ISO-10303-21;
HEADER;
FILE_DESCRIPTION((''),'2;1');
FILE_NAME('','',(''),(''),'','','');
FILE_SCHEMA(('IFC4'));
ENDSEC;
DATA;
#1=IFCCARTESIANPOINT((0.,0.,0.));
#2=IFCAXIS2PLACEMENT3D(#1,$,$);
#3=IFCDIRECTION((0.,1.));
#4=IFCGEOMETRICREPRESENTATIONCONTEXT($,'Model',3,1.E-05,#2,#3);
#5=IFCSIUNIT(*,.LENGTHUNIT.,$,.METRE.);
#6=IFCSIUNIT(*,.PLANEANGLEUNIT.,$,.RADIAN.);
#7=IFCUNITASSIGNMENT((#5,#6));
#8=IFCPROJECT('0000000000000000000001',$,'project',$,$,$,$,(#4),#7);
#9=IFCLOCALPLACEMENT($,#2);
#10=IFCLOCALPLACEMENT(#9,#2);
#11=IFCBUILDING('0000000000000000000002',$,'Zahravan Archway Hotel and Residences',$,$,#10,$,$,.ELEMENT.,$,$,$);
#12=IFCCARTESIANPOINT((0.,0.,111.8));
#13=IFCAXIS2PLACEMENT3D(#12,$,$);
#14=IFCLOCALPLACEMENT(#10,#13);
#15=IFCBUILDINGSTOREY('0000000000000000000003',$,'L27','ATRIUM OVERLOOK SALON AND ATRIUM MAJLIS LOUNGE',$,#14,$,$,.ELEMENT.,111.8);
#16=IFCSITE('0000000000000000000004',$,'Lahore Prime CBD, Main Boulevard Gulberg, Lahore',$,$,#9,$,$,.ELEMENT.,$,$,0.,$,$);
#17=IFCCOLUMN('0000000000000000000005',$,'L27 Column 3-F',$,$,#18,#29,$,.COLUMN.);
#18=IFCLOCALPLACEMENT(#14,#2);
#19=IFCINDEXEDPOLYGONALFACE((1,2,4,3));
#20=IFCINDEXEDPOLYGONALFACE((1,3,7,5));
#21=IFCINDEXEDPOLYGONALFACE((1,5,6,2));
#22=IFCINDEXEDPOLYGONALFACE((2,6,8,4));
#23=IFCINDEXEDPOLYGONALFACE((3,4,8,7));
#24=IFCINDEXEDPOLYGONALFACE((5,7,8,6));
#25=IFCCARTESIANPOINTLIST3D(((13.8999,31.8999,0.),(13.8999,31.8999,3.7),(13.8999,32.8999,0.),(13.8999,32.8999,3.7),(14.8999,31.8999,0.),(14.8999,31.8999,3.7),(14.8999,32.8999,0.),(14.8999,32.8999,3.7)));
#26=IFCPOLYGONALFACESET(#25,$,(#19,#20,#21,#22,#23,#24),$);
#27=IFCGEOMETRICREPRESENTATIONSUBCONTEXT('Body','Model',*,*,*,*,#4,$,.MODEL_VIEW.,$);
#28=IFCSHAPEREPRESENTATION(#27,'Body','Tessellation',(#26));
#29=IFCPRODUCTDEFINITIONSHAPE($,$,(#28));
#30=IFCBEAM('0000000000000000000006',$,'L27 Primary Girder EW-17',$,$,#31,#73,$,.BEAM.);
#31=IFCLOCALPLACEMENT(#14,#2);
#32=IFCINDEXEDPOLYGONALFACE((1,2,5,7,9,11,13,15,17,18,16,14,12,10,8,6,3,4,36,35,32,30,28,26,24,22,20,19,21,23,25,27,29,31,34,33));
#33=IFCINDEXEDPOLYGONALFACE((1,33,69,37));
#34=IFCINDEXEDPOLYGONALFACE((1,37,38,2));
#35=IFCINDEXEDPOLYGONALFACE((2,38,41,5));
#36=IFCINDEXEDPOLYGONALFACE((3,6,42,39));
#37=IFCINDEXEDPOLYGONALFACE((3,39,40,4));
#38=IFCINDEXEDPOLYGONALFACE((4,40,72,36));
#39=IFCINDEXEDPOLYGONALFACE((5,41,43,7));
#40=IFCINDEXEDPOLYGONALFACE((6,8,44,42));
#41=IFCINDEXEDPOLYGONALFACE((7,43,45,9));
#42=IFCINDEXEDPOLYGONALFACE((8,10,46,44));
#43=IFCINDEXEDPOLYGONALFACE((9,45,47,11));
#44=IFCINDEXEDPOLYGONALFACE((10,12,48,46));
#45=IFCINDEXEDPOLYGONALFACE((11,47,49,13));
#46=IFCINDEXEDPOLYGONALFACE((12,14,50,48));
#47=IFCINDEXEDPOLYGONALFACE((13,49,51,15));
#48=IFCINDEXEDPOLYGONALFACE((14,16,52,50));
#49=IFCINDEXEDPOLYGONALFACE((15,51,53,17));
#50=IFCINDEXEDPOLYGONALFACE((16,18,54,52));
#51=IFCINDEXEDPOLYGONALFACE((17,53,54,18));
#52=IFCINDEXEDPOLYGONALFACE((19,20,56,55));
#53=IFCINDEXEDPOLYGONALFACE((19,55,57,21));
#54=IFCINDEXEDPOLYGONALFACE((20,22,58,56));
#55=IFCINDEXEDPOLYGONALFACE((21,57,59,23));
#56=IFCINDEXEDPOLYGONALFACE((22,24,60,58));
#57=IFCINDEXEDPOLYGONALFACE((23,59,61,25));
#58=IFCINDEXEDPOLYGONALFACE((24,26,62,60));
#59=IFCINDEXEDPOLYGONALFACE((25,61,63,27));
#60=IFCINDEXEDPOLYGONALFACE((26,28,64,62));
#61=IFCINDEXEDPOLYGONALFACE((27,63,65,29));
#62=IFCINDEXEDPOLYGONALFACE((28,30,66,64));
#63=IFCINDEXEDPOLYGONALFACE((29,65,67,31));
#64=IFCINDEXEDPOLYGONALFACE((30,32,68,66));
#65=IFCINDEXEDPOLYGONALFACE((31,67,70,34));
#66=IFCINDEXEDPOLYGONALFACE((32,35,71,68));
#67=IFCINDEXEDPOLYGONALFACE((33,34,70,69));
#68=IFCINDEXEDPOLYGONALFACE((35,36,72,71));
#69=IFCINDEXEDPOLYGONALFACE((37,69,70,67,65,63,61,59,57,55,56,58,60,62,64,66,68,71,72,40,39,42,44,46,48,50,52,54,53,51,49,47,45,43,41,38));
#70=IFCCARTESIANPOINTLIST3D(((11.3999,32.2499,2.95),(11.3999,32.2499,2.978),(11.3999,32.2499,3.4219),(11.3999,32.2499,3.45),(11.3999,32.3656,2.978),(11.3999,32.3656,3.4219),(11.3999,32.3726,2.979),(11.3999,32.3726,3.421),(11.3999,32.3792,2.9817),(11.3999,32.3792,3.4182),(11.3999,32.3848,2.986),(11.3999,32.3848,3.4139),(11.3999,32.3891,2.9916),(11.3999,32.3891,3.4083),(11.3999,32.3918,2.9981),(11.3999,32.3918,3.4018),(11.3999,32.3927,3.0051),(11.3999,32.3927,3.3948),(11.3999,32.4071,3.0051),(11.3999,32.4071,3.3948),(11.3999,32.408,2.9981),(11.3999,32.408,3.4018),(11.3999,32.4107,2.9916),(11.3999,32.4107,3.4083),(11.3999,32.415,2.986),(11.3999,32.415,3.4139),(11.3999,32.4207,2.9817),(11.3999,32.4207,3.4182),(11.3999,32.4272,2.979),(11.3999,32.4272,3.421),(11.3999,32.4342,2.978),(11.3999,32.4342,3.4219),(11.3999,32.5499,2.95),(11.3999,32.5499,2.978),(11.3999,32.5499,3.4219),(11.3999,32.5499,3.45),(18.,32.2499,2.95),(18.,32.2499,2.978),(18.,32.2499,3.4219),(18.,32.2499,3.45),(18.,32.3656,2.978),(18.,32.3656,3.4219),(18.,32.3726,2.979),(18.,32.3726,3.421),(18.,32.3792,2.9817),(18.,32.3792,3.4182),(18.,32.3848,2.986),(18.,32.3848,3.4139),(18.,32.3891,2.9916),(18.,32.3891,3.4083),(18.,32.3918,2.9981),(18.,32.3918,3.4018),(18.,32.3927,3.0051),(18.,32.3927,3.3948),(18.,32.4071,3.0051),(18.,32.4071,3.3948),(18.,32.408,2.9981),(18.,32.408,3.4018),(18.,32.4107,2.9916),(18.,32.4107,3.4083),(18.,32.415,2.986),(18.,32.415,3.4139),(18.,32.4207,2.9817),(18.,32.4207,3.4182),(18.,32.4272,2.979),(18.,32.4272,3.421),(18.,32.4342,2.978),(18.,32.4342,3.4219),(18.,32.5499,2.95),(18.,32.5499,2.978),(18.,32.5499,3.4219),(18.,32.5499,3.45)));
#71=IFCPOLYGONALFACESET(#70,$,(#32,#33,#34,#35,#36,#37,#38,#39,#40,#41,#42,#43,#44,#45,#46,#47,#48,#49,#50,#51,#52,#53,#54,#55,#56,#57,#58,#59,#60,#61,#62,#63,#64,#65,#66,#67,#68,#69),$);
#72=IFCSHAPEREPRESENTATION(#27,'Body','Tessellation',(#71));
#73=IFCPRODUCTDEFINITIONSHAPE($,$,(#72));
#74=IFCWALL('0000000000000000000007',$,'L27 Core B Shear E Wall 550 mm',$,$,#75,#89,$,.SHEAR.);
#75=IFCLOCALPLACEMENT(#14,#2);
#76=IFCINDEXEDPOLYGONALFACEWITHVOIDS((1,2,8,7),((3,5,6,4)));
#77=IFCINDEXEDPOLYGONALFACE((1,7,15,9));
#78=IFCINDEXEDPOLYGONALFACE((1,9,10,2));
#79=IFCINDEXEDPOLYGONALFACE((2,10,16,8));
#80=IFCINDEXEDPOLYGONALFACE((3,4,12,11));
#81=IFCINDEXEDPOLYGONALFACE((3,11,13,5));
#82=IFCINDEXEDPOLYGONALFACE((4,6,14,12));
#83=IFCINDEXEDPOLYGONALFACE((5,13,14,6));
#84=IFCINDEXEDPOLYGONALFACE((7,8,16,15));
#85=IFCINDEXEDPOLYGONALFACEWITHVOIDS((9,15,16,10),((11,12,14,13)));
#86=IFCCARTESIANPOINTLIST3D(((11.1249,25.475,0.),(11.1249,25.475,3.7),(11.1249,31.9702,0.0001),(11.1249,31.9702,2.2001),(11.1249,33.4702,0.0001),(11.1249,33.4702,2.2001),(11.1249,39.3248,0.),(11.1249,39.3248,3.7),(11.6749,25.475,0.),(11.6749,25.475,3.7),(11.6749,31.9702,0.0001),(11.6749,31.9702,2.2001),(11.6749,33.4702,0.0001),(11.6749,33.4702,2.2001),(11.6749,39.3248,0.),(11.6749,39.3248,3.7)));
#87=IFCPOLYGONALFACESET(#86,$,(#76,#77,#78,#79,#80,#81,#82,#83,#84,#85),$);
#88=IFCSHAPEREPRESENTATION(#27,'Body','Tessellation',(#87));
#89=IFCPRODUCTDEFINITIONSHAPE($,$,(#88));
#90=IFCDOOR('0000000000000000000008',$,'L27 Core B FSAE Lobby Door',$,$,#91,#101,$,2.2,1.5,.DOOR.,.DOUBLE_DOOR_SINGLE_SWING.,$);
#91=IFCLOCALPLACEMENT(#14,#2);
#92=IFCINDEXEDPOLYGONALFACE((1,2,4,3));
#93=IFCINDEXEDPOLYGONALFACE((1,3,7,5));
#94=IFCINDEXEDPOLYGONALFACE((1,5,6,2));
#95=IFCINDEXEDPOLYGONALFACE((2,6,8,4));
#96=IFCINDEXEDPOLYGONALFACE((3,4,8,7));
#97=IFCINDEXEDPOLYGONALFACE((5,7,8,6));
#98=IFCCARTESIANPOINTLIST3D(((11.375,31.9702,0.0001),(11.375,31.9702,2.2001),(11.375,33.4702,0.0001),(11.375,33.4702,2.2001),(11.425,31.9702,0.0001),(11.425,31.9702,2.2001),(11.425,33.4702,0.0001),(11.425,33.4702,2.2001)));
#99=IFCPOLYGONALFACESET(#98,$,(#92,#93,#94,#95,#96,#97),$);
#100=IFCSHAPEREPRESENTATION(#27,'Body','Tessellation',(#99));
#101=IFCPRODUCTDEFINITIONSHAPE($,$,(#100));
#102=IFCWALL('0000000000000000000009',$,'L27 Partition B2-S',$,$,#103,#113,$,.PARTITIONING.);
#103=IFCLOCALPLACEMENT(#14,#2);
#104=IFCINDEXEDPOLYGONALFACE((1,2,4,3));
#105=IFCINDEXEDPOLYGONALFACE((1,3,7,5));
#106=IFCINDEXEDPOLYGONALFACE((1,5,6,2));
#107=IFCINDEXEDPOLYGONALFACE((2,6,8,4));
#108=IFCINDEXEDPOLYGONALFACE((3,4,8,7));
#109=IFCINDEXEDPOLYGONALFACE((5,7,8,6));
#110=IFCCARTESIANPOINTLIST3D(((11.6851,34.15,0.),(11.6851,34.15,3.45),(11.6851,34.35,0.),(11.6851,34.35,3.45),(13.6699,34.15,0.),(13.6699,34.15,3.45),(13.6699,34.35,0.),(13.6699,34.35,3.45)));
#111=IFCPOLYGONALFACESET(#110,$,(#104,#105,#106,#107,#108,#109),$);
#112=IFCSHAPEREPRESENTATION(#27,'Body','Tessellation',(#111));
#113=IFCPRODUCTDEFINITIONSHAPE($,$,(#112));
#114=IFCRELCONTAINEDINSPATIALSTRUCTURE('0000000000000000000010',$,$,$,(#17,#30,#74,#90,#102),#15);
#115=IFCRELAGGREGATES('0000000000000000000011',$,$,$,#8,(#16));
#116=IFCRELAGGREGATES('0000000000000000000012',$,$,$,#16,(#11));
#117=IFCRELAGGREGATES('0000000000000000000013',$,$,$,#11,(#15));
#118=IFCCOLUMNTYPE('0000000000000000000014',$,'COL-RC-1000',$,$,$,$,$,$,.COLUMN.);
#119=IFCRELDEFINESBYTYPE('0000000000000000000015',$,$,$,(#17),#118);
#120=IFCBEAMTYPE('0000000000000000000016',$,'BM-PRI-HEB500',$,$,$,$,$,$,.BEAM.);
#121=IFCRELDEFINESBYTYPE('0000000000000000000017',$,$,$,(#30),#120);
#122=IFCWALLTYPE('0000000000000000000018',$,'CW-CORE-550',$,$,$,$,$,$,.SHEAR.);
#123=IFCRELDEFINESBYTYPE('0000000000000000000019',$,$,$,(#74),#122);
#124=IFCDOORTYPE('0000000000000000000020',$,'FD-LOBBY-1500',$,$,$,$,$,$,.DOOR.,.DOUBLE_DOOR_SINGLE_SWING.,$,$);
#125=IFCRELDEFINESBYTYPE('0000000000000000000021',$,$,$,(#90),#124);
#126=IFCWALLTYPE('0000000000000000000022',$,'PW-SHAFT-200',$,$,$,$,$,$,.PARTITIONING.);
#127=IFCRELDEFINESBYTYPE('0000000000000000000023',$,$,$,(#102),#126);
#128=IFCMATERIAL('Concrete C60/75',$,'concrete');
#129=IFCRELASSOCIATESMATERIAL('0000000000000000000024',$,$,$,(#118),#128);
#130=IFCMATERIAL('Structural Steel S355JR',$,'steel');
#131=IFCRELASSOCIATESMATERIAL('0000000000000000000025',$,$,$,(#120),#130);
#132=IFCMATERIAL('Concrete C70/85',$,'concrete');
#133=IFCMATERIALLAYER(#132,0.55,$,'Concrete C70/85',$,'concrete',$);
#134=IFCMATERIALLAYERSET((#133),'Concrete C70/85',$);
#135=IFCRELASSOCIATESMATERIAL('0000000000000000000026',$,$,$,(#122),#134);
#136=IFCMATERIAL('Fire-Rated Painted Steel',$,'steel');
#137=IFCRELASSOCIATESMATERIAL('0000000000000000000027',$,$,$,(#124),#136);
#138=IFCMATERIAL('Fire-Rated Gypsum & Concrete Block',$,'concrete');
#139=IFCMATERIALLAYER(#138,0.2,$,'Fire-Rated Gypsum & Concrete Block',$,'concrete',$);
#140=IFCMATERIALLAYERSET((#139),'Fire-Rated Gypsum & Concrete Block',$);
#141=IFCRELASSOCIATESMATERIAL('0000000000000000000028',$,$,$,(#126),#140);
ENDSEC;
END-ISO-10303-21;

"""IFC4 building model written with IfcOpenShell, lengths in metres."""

from ifc_helpers import new_model, si_unit, direction, frame, frame_2d, origin, origin_2d, place, context, subcontext, project, spatial, rectangle, i_section, extrude, source, transform, mapped, material, layer, layer_set, material_profile, profile_set, type_object, type_shapes, element, fill, save


model = new_model("IFC4")

# Units and contexts
model_context = context("Model", 3, precision=1e-05, world=origin(), true_north=direction((0.0, 1.0)))
body_context = subcontext(model_context, "Body", "Model", "MODEL_VIEW")
ifc_project = project(units=[si_unit("LENGTHUNIT", "METRE"), si_unit("PLANEANGLEUNIT", "RADIAN")], contexts=[model_context])

# Site, building, storey
site_placement = place(None, origin())
site = spatial("IfcSite", under=ifc_project, at=site_placement, Name="Lahore Prime CBD, Main Boulevard Gulberg, Lahore", CompositionType="ELEMENT", RefElevation=0.0)
building_placement = place(site_placement, origin())
building = spatial("IfcBuilding", under=site, at=building_placement, Name="Zahravan Archway Hotel and Residences", CompositionType="ELEMENT")
storey_placement = place(building_placement, frame((0.0, 0.0, 111.8)))
storey = spatial("IfcBuildingStorey", under=building, at=storey_placement, Name="L27", Description="ATRIUM OVERLOOK SALON AND ATRIUM MAJLIS LOUNGE", CompositionType="ELEMENT", Elevation=111.8)

# Column
ifc_material_1 = material(Name="Concrete C60/75", Category="concrete")
ifc_material_profile_1 = material_profile(ifc_material_1, rectangle(XDim=1.0, YDim=1.0, at=origin_2d()), Name="RC-COL-1000x1000", Category="concrete")
ifc_profile_set_1 = profile_set([ifc_material_profile_1], Name="Concrete C60/75")
column_type = type_object("IfcColumnType", Name="COL-RC-1000", PredefinedType="COLUMN", material=ifc_profile_set_1)
shared_shape_1 = source(origin(), body_context, "Body", "SweptSolid", [
    extrude(rectangle(XDim=1.0, YDim=1.0, at=origin_2d()), origin(), (0.0, 0.0, 1.0), 3.7),
])
type_shapes(column_type, [shared_shape_1])
column_placement = place(storey_placement, frame((14.3999, 32.3999, 0.0), z_axis=(0.0, 0.0, 1.0), x_axis=(1.0, 0.0, 0.0)))
element("IfcColumn", 1, at=column_placement, inside=storey, type_object=column_type, Name="L27 Column 3-F", PredefinedType="COLUMN", context=body_context, shape_type="MappedRepresentation", body=[
    mapped(shared_shape_1, transform((0.0, 0.0, 0.0), scale=1.0)),
])

# Beam
ifc_material_2 = material(Name="Structural Steel S355JR", Category="steel")
ifc_material_profile_2 = material_profile(ifc_material_2, i_section(OverallWidth=0.3, OverallDepth=0.5, WebThickness=0.0144, FlangeThickness=0.0281, FilletRadius=0.0271, at=origin_2d()), Name="HEB 500", Category="steel")
ifc_profile_set_2 = profile_set([ifc_material_profile_2], Name="Structural Steel S355JR")
beam_type = type_object("IfcBeamType", Name="BM-PRI-HEB500", PredefinedType="BEAM", material=ifc_profile_set_2)
shared_shape_2 = source(origin(), body_context, "Body", "SweptSolid", [
    extrude(i_section(OverallWidth=0.3, OverallDepth=0.5, WebThickness=0.0144, FlangeThickness=0.0281, FilletRadius=0.0271, at=origin_2d()), origin(), (0.0, 0.0, 1.0), 6.6001),
])
beam_placement = place(storey_placement, frame((11.3999, 32.3999, 3.2), z_axis=(1.0, 0.0, 0.0), x_axis=(0.0, 1.0, 0.0)))
element("IfcBeam", 2, at=beam_placement, inside=storey, type_object=beam_type, Name="L27 Primary Girder EW-17", PredefinedType="BEAM", context=body_context, shape_type="MappedRepresentation", body=[
    mapped(shared_shape_2, transform((0.0, 0.0, 0.0), scale=1.0)),
])

# Wall, opening, door
ifc_material_3 = material(Name="Concrete C70/85", Category="concrete")
ifc_layer_1 = layer(ifc_material_3, 0.55, Name="Concrete C70/85", Category="concrete")
ifc_layer_set_1 = layer_set([ifc_layer_1], Name="Concrete C70/85")
wall_type_1 = type_object("IfcWallType", Name="CW-CORE-550", PredefinedType="SHEAR", material=ifc_layer_set_1)
wall_1_placement = place(storey_placement, frame((11.3999, 25.4751, 0.0), z_axis=(0.0, 0.0, 1.0), x_axis=(0.0, 1.0, 0.0)))
wall_1 = element("IfcWall", 3, at=wall_1_placement, inside=storey, type_object=wall_type_1, Name="L27 Core B Shear E Wall 550 mm", PredefinedType="SHEAR", context=body_context, shape_type="SweptSolid", body=[
    extrude(rectangle(XDim=13.8499, YDim=0.55, at=frame_2d((6.9248, 0.0))), origin(), (0.0, 0.0, 1.0), 3.7),
])
opening_1_placement = place(wall_1_placement, frame((6.4951, 0.0, 0.0)))
opening_1 = element("IfcOpeningElement", 4, at=opening_1_placement, cuts=wall_1, PredefinedType="OPENING", context=body_context, shape_type="SweptSolid", body=[
    extrude(rectangle(XDim=1.5, YDim=2.2, at=frame_2d((0.75, 1.1001))), frame((0.0, 0.2852, 0.0), z_axis=(0.0, -1.0, 0.0), x_axis=(1.0, 0.0, 0.0)), (0.0, 0.0, 1.0), 0.5701),
])
ifc_material_4 = material(Name="Fire-Rated Painted Steel", Category="steel")
door_type_1 = type_object("IfcDoorType", Name="FD-LOBBY-1500", OperationType="DOUBLE_DOOR_SINGLE_SWING", PredefinedType="DOOR", material=ifc_material_4)
shared_shape_3 = source(origin(), body_context, "Body", "SweptSolid", [
    extrude(rectangle(XDim=1.5, YDim=2.2, at=frame_2d((0.75, 1.1001))), frame((0.0, 0.0249, 0.0), z_axis=(0.0, -1.0, 0.0), x_axis=(1.0, 0.0, 0.0)), (0.0, 0.0, 1.0), 0.05),
])
type_shapes(door_type_1, [shared_shape_3])
door_1_placement = place(opening_1_placement, origin())
door_1 = element("IfcDoor", 5, at=door_1_placement, inside=storey, type_object=door_type_1, Name="L27 Core B FSAE Lobby Door", OperationType="DOUBLE_DOOR_SINGLE_SWING", OverallHeight=2.2, OverallWidth=1.5, PredefinedType="DOOR", context=body_context, shape_type="MappedRepresentation", body=[
    mapped(shared_shape_3, transform((0.0, 0.0, 0.0), scale=1.0)),
])
fill(opening_1, door_1)

# Wall
ifc_material_5 = material(Name="Fire-Rated Gypsum & Concrete Block", Category="concrete")
ifc_layer_2 = layer(ifc_material_5, 0.2, Name="Fire-Rated Gypsum & Concrete Block", Category="concrete")
ifc_layer_set_2 = layer_set([ifc_layer_2], Name="Fire-Rated Gypsum & Concrete Block")
wall_type_2 = type_object("IfcWallType", Name="PW-SHAFT-200", PredefinedType="PARTITIONING", material=ifc_layer_set_2)
wall_2_placement = place(storey_placement, frame((11.6851, 34.25, 0.0), z_axis=(0.0, 0.0, 1.0), x_axis=(1.0, 0.0, 0.0)))
element("IfcWall", 6, at=wall_2_placement, inside=storey, type_object=wall_type_2, Name="L27 Partition B2-S", PredefinedType="PARTITIONING", context=body_context, shape_type="SweptSolid", body=[
    extrude(rectangle(XDim=1.9849, YDim=0.2, at=frame_2d((0.9924, 0.0))), origin(), (0.0, 0.0, 1.0), 3.45),
])

save(model, "model.ifc")
